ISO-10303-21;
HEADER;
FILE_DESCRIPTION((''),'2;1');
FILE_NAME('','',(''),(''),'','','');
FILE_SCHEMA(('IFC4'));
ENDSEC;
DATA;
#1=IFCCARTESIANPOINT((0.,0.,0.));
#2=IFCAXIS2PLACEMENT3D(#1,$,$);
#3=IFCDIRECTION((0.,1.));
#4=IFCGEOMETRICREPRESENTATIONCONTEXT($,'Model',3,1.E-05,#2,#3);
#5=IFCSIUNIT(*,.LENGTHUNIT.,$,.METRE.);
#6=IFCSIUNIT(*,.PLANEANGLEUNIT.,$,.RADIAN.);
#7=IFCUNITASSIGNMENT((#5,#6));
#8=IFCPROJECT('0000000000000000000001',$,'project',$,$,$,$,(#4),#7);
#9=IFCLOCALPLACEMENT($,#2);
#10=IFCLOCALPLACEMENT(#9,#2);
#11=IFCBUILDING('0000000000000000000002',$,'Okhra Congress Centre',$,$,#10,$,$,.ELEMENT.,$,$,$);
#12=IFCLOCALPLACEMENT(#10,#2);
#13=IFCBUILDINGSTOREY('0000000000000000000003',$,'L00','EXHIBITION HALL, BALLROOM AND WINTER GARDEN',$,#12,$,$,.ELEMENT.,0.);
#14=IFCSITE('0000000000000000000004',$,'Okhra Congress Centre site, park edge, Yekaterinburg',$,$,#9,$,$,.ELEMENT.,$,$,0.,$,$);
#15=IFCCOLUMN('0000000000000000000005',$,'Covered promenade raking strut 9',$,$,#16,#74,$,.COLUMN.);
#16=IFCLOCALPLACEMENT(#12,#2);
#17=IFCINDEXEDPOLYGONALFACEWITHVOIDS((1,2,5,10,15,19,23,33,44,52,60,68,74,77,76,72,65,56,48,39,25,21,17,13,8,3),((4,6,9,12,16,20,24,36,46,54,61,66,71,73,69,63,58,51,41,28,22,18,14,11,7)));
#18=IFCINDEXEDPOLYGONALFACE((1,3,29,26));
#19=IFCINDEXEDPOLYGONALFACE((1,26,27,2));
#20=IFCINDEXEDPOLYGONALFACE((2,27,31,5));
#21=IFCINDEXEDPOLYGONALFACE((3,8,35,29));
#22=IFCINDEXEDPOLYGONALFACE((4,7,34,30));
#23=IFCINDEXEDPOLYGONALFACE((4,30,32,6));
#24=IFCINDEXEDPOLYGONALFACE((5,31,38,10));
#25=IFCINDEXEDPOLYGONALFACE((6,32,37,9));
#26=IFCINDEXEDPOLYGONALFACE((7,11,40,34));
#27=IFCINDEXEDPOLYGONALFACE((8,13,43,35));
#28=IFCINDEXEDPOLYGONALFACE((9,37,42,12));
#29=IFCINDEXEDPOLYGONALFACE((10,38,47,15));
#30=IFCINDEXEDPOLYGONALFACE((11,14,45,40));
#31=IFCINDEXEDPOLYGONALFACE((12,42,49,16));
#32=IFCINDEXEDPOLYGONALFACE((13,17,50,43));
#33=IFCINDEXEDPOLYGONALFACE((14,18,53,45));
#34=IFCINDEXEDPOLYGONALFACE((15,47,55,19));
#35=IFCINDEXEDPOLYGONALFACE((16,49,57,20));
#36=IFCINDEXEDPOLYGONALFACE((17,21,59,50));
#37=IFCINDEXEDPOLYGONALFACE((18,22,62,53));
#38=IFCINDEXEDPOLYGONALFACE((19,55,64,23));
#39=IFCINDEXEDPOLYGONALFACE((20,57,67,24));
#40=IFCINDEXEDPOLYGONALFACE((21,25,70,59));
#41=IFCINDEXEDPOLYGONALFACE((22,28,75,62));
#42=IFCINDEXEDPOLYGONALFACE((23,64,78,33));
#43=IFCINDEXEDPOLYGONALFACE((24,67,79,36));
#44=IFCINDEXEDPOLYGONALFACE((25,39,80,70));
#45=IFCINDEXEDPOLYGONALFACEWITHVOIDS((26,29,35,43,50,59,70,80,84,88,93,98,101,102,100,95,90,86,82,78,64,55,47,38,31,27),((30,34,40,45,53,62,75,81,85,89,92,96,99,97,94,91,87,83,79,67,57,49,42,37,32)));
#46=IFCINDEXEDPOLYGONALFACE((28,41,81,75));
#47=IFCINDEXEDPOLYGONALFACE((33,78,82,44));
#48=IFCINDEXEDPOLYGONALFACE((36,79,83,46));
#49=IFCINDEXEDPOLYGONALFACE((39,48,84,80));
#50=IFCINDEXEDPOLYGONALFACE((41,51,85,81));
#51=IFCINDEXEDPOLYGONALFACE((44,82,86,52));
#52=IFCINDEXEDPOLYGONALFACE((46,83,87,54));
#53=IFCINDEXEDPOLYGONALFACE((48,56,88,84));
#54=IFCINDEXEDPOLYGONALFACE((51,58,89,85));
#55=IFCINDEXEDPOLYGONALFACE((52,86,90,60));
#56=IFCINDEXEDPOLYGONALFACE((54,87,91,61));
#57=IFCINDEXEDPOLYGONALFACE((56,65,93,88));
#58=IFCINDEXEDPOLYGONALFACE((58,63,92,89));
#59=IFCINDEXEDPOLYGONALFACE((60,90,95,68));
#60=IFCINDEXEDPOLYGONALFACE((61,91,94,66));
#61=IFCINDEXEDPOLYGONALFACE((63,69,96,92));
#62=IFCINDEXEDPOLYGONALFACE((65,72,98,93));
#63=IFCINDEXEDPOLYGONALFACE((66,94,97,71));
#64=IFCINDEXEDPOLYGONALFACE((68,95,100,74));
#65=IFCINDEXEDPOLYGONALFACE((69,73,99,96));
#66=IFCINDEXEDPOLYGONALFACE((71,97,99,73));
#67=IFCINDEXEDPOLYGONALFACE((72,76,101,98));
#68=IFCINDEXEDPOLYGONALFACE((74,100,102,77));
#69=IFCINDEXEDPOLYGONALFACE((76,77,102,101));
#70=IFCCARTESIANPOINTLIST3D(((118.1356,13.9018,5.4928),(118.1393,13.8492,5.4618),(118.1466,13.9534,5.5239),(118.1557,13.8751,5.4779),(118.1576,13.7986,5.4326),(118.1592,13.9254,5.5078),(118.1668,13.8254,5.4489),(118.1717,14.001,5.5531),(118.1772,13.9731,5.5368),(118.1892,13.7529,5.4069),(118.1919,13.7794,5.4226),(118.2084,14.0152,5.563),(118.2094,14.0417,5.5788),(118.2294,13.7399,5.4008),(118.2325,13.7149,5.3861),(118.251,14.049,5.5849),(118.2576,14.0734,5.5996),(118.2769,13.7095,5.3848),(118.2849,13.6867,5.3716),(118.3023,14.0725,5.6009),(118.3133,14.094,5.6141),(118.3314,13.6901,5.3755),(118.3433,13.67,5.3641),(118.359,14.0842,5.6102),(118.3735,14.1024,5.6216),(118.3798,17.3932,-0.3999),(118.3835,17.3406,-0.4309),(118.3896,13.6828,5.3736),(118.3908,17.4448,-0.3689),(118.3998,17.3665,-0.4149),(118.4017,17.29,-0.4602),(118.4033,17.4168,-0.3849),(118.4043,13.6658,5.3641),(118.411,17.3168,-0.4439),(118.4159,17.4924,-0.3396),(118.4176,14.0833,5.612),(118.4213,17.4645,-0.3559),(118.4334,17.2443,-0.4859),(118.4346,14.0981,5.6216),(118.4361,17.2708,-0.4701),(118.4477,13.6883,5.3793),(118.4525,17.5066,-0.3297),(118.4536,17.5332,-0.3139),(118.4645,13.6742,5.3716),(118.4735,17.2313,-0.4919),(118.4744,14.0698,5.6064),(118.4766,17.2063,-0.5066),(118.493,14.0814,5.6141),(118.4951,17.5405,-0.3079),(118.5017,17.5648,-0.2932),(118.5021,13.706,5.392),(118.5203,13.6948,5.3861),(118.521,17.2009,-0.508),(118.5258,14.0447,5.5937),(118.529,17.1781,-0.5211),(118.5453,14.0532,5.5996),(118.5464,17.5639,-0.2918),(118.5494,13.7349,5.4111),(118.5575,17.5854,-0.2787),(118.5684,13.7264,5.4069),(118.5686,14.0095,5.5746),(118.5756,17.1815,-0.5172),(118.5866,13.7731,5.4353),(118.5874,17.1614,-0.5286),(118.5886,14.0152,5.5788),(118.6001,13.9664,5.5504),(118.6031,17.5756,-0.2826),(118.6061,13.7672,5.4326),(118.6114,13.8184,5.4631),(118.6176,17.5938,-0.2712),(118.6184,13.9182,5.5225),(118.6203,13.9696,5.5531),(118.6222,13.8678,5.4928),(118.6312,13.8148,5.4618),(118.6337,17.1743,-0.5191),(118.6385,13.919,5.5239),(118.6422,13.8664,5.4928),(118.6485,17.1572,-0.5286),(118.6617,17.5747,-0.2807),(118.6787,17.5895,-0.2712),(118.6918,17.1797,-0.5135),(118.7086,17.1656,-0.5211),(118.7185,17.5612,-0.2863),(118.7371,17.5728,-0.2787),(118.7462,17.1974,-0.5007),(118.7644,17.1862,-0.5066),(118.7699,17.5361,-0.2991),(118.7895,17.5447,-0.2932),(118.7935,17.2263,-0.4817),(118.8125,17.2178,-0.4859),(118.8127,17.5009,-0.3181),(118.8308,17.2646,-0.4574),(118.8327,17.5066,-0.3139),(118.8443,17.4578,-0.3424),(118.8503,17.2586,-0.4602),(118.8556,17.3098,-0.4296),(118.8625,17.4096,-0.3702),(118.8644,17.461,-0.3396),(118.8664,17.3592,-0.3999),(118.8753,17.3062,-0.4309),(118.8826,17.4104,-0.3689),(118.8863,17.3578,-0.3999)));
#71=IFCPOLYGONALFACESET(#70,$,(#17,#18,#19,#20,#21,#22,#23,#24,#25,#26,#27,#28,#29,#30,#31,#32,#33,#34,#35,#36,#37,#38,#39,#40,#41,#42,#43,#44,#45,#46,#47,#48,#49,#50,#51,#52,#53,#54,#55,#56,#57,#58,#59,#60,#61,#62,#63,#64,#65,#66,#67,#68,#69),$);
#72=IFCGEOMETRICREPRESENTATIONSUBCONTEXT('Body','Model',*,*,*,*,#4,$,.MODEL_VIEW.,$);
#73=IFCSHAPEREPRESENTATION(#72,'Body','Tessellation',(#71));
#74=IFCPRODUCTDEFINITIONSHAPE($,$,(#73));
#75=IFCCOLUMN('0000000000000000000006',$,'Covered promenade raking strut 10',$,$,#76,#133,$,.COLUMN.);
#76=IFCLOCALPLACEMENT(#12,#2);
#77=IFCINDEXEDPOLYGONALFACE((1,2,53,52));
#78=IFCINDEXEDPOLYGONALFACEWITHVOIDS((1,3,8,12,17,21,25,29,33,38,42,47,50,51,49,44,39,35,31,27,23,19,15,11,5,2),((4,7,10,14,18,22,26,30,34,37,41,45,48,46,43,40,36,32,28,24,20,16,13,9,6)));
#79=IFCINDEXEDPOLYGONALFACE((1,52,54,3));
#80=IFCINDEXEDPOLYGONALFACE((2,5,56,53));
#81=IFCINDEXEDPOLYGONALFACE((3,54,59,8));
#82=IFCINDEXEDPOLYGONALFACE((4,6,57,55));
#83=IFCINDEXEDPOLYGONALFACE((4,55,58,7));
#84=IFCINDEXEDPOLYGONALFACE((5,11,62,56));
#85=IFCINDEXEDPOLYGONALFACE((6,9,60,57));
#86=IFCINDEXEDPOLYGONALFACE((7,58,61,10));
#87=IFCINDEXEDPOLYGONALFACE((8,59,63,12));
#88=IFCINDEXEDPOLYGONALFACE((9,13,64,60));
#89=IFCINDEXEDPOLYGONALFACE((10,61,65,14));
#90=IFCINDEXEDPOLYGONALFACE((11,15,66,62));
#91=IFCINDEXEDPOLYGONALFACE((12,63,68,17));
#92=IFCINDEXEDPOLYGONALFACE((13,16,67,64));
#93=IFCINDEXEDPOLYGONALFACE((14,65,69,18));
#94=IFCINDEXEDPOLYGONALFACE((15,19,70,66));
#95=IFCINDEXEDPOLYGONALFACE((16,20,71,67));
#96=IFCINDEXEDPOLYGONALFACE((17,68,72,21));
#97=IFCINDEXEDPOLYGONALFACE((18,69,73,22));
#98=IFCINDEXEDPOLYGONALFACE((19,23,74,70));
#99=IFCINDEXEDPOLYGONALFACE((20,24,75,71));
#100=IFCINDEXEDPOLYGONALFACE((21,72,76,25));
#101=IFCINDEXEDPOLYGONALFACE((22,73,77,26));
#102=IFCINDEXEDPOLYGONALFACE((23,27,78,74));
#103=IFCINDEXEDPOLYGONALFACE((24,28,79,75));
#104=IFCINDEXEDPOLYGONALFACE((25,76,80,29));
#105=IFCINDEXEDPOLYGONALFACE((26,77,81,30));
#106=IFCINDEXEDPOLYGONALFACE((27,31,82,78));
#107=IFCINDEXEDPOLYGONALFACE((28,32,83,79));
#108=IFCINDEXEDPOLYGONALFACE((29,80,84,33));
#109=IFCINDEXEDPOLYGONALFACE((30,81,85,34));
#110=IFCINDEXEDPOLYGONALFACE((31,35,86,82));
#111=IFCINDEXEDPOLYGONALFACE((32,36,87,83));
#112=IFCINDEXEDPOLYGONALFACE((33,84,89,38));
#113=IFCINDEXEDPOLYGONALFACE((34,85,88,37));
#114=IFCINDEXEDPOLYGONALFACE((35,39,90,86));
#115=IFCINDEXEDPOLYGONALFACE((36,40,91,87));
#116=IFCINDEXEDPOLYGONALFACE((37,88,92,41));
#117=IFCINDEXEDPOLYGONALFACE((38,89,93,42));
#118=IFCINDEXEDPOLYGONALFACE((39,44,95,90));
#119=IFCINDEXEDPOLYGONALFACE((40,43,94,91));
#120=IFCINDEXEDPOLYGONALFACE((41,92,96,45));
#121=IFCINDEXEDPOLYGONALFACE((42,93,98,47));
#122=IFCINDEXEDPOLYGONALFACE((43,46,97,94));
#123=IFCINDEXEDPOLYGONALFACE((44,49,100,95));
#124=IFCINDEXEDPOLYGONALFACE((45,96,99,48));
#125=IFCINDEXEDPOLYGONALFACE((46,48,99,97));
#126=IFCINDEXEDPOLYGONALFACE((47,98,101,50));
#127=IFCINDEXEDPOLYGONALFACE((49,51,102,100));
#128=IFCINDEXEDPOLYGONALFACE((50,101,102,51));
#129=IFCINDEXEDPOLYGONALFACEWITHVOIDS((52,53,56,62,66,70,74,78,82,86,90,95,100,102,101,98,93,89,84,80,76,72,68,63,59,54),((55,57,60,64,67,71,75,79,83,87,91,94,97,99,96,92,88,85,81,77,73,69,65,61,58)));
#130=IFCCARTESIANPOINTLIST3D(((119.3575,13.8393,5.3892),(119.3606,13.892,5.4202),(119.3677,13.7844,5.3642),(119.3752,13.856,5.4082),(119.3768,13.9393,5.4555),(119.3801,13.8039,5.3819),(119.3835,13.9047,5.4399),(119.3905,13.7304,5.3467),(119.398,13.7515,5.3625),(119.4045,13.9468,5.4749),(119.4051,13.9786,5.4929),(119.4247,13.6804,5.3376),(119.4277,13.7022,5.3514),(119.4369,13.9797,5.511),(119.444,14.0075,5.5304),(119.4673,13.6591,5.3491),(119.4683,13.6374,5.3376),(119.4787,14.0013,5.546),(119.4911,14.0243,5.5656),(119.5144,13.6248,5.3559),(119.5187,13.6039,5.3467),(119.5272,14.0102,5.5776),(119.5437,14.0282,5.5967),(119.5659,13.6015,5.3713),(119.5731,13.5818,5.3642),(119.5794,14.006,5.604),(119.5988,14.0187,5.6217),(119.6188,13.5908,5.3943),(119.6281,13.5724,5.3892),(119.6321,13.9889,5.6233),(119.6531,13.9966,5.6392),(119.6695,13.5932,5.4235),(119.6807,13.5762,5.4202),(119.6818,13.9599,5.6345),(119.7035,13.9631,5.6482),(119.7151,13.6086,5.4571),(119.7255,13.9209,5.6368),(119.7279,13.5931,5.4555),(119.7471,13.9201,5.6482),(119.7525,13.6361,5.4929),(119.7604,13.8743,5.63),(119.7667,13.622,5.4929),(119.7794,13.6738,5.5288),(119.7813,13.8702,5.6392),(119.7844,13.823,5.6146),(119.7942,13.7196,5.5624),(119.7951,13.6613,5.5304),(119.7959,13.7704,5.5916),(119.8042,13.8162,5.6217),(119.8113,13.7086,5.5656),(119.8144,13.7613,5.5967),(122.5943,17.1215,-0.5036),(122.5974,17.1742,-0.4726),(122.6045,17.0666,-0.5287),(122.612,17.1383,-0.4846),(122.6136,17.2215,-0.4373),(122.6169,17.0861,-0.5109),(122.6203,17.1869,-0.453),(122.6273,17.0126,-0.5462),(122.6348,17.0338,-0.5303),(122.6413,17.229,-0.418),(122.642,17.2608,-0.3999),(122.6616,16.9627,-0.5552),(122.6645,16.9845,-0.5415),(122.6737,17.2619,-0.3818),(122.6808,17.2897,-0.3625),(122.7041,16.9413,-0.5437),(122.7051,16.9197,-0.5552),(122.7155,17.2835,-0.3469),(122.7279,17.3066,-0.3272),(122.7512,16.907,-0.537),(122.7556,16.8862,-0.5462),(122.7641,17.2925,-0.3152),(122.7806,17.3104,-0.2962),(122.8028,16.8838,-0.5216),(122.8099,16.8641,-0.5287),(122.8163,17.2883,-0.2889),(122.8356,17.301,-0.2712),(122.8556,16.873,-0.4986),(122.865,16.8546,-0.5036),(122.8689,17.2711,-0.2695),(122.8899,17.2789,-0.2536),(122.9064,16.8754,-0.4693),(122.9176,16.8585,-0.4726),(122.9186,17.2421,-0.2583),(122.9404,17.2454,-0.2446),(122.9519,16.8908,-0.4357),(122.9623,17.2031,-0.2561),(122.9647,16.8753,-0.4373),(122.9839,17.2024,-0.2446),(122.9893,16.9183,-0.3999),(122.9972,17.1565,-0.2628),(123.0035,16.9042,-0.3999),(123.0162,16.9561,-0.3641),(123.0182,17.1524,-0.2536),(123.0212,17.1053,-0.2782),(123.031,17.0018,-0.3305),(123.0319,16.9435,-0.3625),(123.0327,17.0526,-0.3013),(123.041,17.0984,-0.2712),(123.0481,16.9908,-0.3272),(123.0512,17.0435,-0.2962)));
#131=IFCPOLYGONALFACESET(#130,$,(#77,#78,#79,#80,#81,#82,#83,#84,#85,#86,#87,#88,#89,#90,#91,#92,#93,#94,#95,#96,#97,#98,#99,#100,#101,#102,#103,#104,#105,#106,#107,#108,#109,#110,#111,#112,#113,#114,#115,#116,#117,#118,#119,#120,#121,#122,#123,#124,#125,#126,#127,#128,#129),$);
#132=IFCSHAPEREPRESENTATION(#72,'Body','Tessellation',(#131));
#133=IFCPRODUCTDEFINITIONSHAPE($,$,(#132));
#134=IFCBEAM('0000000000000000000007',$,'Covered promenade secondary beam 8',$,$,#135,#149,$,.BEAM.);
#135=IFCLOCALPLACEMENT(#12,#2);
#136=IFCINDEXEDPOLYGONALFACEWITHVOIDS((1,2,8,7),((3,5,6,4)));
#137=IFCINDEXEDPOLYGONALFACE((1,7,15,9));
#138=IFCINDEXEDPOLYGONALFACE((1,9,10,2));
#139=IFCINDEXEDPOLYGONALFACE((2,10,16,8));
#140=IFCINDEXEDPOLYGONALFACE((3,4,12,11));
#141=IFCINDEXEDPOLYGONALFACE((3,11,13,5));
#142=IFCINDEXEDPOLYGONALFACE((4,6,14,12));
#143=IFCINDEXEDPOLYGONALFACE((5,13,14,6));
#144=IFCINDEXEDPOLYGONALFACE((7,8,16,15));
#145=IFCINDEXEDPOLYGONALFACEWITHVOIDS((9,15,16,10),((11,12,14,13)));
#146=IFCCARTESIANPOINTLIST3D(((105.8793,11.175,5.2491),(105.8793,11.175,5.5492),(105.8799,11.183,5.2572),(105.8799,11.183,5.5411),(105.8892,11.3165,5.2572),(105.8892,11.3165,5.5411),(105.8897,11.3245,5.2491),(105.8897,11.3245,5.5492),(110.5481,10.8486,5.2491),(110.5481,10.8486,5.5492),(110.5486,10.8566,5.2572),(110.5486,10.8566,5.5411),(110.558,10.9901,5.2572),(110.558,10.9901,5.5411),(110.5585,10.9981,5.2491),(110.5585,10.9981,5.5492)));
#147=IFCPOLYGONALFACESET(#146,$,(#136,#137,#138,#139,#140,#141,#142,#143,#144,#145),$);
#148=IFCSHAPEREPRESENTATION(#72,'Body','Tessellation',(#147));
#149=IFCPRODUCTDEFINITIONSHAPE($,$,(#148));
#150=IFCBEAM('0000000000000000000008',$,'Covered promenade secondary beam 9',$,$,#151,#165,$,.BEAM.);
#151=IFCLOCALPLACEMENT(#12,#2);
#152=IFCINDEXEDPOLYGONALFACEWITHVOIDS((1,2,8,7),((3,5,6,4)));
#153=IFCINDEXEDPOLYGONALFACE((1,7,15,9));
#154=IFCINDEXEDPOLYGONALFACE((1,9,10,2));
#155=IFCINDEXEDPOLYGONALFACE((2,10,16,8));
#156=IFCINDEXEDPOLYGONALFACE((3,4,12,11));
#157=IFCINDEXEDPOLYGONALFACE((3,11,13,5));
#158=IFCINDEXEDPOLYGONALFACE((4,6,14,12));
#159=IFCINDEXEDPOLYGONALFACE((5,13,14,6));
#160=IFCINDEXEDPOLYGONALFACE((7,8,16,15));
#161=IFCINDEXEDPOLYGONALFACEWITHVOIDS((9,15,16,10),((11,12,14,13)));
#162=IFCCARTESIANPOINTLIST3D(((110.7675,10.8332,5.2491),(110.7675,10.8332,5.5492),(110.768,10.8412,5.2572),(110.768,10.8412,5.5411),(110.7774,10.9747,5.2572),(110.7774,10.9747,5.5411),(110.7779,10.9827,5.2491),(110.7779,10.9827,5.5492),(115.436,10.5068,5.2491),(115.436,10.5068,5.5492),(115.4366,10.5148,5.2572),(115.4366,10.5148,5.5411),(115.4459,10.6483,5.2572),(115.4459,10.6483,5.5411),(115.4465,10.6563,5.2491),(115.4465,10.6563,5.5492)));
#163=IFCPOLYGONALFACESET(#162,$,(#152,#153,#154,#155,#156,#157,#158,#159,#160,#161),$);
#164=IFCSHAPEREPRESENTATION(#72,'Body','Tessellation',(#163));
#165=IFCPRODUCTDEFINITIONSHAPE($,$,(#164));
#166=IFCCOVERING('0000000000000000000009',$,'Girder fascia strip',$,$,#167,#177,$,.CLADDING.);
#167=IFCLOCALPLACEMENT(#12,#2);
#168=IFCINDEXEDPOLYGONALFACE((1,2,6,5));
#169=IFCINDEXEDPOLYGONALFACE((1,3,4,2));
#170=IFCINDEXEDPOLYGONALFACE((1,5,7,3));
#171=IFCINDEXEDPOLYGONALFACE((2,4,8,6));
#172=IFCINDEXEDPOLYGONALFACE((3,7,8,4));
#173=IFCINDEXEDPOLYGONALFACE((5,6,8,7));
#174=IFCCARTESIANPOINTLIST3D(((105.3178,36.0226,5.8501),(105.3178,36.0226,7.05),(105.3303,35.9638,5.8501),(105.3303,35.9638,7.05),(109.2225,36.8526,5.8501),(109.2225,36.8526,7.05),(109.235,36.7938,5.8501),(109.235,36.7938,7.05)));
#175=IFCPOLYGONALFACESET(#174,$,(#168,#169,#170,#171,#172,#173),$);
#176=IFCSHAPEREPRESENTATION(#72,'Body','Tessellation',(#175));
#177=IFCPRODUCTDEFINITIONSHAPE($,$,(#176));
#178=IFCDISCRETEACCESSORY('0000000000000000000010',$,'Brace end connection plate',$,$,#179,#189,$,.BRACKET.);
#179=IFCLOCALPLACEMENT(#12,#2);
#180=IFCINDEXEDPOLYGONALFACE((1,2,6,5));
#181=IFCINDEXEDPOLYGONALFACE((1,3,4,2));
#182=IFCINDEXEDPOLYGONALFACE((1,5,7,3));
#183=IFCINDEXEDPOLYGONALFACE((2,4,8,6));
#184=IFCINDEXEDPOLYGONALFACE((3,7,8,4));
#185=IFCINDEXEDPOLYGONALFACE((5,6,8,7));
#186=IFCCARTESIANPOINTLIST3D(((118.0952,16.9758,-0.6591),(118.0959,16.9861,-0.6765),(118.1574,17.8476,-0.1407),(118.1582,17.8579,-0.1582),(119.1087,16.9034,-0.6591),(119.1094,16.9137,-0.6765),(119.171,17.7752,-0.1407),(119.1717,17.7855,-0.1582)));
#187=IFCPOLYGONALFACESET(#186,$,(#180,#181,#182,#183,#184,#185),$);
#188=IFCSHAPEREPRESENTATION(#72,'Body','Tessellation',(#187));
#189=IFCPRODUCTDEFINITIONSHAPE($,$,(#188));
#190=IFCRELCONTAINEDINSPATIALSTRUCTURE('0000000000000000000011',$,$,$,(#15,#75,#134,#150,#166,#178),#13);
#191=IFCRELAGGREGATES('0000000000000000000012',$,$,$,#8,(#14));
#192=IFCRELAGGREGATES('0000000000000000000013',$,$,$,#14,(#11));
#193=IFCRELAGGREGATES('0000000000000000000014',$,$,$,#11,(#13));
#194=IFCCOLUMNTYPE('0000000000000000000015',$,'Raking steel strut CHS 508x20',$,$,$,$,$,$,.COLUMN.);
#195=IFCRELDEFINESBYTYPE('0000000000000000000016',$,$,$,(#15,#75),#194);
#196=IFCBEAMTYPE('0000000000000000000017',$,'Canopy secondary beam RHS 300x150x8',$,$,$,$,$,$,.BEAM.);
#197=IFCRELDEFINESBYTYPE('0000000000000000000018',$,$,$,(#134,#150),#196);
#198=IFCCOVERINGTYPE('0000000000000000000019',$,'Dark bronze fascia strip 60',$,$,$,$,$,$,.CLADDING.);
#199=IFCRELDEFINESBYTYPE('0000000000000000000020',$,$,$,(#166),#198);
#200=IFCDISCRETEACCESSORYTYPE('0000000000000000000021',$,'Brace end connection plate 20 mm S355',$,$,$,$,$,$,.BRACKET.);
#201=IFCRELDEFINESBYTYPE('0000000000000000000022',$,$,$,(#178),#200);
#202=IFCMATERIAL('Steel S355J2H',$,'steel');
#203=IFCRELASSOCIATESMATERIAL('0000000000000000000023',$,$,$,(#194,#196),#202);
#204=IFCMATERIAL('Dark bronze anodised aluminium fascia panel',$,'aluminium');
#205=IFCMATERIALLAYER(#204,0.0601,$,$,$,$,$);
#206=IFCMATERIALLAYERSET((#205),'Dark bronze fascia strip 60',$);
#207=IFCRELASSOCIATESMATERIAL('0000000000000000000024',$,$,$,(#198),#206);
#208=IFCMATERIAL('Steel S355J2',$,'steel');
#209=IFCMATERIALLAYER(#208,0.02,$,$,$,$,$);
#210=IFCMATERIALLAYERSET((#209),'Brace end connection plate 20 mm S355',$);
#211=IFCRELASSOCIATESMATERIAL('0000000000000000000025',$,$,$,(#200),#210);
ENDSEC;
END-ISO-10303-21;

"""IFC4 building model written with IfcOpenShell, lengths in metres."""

from ifc_helpers import new_model, si_unit, direction, frame, origin, origin_2d, place, context, subcontext, project, spatial, rectangle, hollow_rectangle, hollow_circle, extrude, material, layer, layer_set, material_profile, profile_set, type_object, element, save


model = new_model("IFC4")

# Units and contexts
model_context = context("Model", 3, precision=1e-05, world=origin(), true_north=direction((0.0, 1.0)))
body_context = subcontext(model_context, "Body", "Model", "MODEL_VIEW")
ifc_project = project(units=[si_unit("LENGTHUNIT", "METRE"), si_unit("PLANEANGLEUNIT", "RADIAN")], contexts=[model_context])

# Site, building, storey
site_placement = place(None, origin())
site = spatial("IfcSite", under=ifc_project, at=site_placement, Name="Okhra Congress Centre site, park edge, Yekaterinburg", CompositionType="ELEMENT", RefElevation=0.0)
building_placement = place(site_placement, origin())
building = spatial("IfcBuilding", under=site, at=building_placement, Name="Okhra Congress Centre", CompositionType="ELEMENT")
storey_placement = place(building_placement, origin())
storey = spatial("IfcBuildingStorey", under=building, at=storey_placement, Name="L00", Description="EXHIBITION HALL, BALLROOM AND WINTER GARDEN", CompositionType="ELEMENT", Elevation=0.0)

# Columns
ifc_material_1 = material(Name="Steel S355J2H", Category="steel")
ifc_material_profile_1 = material_profile(ifc_material_1, hollow_circle(Radius=0.2539, WallThickness=0.02, at=origin_2d()), Name="CHS 508x20")
ifc_profile_set_1 = profile_set([ifc_material_profile_1], Name="Steel S355J2H")
column_type = type_object("IfcColumnType", Name="Raking steel strut CHS 508x20", PredefinedType="COLUMN", material=ifc_profile_set_1)
column_1_placement = place(storey_placement, frame((118.6331, 17.3755, -0.3999), z_axis=(-0.035621, -0.509415, 0.859783), x_axis=(0.997564, -0.069755, 0.0)))
element("IfcColumn", 1, at=column_1_placement, inside=storey, type_object=column_type, Name="Covered promenade raking strut 9", PredefinedType="COLUMN", context=body_context, shape_type="SweptSolid", body=[
    extrude(hollow_circle(Radius=0.2539, WallThickness=0.02, at=origin_2d()), origin(), (0.0, 0.0, 1.0), 6.8538),
])
column_2_placement = place(storey_placement, frame((122.8228, 17.0825, -0.3999), z_axis=(-0.432633, -0.438703, 0.787635), x_axis=(0.712015, -0.702164, 0.0)))
element("IfcColumn", 2, at=column_2_placement, inside=storey, type_object=column_type, Name="Covered promenade raking strut 10", PredefinedType="COLUMN", context=body_context, shape_type="SweptSolid", body=[
    extrude(hollow_circle(Radius=0.2539, WallThickness=0.02, at=origin_2d()), origin(), (0.0, 0.0, 1.0), 7.4817),
])

# Beams
ifc_material_profile_2 = material_profile(ifc_material_1, hollow_rectangle(XDim=0.1499, YDim=0.3, WallThickness=0.0081, at=origin_2d()), Name="RHS 300x150x8")
ifc_profile_set_2 = profile_set([ifc_material_profile_2], Name="Steel S355J2H")
beam_type = type_object("IfcBeamType", Name="Canopy secondary beam RHS 300x150x8", PredefinedType="BEAM", material=ifc_profile_set_2)
beam_1_placement = place(storey_placement, frame((105.8845, 11.2498, 5.3992), z_axis=(0.997565, -0.069746, 0.0), x_axis=(0.069746, 0.997565, 0.0)))
element("IfcBeam", 3, at=beam_1_placement, inside=storey, type_object=beam_type, Name="Covered promenade secondary beam 8", PredefinedType="BEAM", context=body_context, shape_type="SweptSolid", body=[
    extrude(hollow_rectangle(XDim=0.1499, YDim=0.3, WallThickness=0.0081, at=origin_2d()), origin(), (0.0, 0.0, 1.0), 4.6802),
])
beam_2_placement = place(storey_placement, frame((110.7727, 10.908, 5.3992), z_axis=(0.997565, -0.069749, 0.0), x_axis=(0.069749, 0.997565, 0.0)))
element("IfcBeam", 4, at=beam_2_placement, inside=storey, type_object=beam_type, Name="Covered promenade secondary beam 9", PredefinedType="BEAM", context=body_context, shape_type="SweptSolid", body=[
    extrude(hollow_rectangle(XDim=0.1499, YDim=0.3, WallThickness=0.0081, at=origin_2d()), origin(), (0.0, 0.0, 1.0), 4.6799),
])

# Covering
ifc_material_2 = material(Name="Dark bronze anodised aluminium fascia panel", Category="aluminium")
ifc_layer_1 = layer(ifc_material_2, 0.0601)
ifc_layer_set_1 = layer_set([ifc_layer_1], Name="Dark bronze fascia strip 60")
covering_type = type_object("IfcCoveringType", Name="Dark bronze fascia strip 60", PredefinedType="CLADDING", material=ifc_layer_set_1)
covering_placement = place(storey_placement, frame((107.2764, 36.4082, 5.8501), z_axis=(0.0, 0.0, 1.0), x_axis=(0.978148, 0.207912, 0.0)))
element("IfcCovering", 5, at=covering_placement, inside=storey, type_object=covering_type, Name="Girder fascia strip", PredefinedType="CLADDING", context=body_context, shape_type="SweptSolid", body=[
    extrude(rectangle(XDim=3.9919, YDim=0.0601, at=origin_2d()), origin(), (0.0, 0.0, 1.0), 1.2),
])

# Discrete accessory
ifc_material_3 = material(Name="Steel S355J2", Category="steel")
ifc_layer_2 = layer(ifc_material_3, 0.02)
ifc_layer_set_2 = layer_set([ifc_layer_2], Name="Brace end connection plate 20 mm S355")
discrete_accessory_type_1 = type_object("IfcDiscreteAccessoryType", Name="Brace end connection plate 20 mm S355", PredefinedType="BRACKET", material=ifc_layer_set_2)
discrete_accessory_1_placement = place(storey_placement, frame((118.6331, 17.3755, -0.3999), z_axis=(0.036343, 0.508801, -0.860117), x_axis=(-0.997459, 0.071247, 0.0)))
element("IfcDiscreteAccessory", 6, at=discrete_accessory_1_placement, inside=storey, type_object=discrete_accessory_type_1, Name="Brace end connection plate", PredefinedType="BRACKET", context=body_context, shape_type="SweptSolid", body=[
    extrude(rectangle(XDim=1.0161, YDim=1.0161, at=origin_2d()), origin(), (0.0, 0.0, 1.0), 0.0203),
])

save(model, "model.ifc")
